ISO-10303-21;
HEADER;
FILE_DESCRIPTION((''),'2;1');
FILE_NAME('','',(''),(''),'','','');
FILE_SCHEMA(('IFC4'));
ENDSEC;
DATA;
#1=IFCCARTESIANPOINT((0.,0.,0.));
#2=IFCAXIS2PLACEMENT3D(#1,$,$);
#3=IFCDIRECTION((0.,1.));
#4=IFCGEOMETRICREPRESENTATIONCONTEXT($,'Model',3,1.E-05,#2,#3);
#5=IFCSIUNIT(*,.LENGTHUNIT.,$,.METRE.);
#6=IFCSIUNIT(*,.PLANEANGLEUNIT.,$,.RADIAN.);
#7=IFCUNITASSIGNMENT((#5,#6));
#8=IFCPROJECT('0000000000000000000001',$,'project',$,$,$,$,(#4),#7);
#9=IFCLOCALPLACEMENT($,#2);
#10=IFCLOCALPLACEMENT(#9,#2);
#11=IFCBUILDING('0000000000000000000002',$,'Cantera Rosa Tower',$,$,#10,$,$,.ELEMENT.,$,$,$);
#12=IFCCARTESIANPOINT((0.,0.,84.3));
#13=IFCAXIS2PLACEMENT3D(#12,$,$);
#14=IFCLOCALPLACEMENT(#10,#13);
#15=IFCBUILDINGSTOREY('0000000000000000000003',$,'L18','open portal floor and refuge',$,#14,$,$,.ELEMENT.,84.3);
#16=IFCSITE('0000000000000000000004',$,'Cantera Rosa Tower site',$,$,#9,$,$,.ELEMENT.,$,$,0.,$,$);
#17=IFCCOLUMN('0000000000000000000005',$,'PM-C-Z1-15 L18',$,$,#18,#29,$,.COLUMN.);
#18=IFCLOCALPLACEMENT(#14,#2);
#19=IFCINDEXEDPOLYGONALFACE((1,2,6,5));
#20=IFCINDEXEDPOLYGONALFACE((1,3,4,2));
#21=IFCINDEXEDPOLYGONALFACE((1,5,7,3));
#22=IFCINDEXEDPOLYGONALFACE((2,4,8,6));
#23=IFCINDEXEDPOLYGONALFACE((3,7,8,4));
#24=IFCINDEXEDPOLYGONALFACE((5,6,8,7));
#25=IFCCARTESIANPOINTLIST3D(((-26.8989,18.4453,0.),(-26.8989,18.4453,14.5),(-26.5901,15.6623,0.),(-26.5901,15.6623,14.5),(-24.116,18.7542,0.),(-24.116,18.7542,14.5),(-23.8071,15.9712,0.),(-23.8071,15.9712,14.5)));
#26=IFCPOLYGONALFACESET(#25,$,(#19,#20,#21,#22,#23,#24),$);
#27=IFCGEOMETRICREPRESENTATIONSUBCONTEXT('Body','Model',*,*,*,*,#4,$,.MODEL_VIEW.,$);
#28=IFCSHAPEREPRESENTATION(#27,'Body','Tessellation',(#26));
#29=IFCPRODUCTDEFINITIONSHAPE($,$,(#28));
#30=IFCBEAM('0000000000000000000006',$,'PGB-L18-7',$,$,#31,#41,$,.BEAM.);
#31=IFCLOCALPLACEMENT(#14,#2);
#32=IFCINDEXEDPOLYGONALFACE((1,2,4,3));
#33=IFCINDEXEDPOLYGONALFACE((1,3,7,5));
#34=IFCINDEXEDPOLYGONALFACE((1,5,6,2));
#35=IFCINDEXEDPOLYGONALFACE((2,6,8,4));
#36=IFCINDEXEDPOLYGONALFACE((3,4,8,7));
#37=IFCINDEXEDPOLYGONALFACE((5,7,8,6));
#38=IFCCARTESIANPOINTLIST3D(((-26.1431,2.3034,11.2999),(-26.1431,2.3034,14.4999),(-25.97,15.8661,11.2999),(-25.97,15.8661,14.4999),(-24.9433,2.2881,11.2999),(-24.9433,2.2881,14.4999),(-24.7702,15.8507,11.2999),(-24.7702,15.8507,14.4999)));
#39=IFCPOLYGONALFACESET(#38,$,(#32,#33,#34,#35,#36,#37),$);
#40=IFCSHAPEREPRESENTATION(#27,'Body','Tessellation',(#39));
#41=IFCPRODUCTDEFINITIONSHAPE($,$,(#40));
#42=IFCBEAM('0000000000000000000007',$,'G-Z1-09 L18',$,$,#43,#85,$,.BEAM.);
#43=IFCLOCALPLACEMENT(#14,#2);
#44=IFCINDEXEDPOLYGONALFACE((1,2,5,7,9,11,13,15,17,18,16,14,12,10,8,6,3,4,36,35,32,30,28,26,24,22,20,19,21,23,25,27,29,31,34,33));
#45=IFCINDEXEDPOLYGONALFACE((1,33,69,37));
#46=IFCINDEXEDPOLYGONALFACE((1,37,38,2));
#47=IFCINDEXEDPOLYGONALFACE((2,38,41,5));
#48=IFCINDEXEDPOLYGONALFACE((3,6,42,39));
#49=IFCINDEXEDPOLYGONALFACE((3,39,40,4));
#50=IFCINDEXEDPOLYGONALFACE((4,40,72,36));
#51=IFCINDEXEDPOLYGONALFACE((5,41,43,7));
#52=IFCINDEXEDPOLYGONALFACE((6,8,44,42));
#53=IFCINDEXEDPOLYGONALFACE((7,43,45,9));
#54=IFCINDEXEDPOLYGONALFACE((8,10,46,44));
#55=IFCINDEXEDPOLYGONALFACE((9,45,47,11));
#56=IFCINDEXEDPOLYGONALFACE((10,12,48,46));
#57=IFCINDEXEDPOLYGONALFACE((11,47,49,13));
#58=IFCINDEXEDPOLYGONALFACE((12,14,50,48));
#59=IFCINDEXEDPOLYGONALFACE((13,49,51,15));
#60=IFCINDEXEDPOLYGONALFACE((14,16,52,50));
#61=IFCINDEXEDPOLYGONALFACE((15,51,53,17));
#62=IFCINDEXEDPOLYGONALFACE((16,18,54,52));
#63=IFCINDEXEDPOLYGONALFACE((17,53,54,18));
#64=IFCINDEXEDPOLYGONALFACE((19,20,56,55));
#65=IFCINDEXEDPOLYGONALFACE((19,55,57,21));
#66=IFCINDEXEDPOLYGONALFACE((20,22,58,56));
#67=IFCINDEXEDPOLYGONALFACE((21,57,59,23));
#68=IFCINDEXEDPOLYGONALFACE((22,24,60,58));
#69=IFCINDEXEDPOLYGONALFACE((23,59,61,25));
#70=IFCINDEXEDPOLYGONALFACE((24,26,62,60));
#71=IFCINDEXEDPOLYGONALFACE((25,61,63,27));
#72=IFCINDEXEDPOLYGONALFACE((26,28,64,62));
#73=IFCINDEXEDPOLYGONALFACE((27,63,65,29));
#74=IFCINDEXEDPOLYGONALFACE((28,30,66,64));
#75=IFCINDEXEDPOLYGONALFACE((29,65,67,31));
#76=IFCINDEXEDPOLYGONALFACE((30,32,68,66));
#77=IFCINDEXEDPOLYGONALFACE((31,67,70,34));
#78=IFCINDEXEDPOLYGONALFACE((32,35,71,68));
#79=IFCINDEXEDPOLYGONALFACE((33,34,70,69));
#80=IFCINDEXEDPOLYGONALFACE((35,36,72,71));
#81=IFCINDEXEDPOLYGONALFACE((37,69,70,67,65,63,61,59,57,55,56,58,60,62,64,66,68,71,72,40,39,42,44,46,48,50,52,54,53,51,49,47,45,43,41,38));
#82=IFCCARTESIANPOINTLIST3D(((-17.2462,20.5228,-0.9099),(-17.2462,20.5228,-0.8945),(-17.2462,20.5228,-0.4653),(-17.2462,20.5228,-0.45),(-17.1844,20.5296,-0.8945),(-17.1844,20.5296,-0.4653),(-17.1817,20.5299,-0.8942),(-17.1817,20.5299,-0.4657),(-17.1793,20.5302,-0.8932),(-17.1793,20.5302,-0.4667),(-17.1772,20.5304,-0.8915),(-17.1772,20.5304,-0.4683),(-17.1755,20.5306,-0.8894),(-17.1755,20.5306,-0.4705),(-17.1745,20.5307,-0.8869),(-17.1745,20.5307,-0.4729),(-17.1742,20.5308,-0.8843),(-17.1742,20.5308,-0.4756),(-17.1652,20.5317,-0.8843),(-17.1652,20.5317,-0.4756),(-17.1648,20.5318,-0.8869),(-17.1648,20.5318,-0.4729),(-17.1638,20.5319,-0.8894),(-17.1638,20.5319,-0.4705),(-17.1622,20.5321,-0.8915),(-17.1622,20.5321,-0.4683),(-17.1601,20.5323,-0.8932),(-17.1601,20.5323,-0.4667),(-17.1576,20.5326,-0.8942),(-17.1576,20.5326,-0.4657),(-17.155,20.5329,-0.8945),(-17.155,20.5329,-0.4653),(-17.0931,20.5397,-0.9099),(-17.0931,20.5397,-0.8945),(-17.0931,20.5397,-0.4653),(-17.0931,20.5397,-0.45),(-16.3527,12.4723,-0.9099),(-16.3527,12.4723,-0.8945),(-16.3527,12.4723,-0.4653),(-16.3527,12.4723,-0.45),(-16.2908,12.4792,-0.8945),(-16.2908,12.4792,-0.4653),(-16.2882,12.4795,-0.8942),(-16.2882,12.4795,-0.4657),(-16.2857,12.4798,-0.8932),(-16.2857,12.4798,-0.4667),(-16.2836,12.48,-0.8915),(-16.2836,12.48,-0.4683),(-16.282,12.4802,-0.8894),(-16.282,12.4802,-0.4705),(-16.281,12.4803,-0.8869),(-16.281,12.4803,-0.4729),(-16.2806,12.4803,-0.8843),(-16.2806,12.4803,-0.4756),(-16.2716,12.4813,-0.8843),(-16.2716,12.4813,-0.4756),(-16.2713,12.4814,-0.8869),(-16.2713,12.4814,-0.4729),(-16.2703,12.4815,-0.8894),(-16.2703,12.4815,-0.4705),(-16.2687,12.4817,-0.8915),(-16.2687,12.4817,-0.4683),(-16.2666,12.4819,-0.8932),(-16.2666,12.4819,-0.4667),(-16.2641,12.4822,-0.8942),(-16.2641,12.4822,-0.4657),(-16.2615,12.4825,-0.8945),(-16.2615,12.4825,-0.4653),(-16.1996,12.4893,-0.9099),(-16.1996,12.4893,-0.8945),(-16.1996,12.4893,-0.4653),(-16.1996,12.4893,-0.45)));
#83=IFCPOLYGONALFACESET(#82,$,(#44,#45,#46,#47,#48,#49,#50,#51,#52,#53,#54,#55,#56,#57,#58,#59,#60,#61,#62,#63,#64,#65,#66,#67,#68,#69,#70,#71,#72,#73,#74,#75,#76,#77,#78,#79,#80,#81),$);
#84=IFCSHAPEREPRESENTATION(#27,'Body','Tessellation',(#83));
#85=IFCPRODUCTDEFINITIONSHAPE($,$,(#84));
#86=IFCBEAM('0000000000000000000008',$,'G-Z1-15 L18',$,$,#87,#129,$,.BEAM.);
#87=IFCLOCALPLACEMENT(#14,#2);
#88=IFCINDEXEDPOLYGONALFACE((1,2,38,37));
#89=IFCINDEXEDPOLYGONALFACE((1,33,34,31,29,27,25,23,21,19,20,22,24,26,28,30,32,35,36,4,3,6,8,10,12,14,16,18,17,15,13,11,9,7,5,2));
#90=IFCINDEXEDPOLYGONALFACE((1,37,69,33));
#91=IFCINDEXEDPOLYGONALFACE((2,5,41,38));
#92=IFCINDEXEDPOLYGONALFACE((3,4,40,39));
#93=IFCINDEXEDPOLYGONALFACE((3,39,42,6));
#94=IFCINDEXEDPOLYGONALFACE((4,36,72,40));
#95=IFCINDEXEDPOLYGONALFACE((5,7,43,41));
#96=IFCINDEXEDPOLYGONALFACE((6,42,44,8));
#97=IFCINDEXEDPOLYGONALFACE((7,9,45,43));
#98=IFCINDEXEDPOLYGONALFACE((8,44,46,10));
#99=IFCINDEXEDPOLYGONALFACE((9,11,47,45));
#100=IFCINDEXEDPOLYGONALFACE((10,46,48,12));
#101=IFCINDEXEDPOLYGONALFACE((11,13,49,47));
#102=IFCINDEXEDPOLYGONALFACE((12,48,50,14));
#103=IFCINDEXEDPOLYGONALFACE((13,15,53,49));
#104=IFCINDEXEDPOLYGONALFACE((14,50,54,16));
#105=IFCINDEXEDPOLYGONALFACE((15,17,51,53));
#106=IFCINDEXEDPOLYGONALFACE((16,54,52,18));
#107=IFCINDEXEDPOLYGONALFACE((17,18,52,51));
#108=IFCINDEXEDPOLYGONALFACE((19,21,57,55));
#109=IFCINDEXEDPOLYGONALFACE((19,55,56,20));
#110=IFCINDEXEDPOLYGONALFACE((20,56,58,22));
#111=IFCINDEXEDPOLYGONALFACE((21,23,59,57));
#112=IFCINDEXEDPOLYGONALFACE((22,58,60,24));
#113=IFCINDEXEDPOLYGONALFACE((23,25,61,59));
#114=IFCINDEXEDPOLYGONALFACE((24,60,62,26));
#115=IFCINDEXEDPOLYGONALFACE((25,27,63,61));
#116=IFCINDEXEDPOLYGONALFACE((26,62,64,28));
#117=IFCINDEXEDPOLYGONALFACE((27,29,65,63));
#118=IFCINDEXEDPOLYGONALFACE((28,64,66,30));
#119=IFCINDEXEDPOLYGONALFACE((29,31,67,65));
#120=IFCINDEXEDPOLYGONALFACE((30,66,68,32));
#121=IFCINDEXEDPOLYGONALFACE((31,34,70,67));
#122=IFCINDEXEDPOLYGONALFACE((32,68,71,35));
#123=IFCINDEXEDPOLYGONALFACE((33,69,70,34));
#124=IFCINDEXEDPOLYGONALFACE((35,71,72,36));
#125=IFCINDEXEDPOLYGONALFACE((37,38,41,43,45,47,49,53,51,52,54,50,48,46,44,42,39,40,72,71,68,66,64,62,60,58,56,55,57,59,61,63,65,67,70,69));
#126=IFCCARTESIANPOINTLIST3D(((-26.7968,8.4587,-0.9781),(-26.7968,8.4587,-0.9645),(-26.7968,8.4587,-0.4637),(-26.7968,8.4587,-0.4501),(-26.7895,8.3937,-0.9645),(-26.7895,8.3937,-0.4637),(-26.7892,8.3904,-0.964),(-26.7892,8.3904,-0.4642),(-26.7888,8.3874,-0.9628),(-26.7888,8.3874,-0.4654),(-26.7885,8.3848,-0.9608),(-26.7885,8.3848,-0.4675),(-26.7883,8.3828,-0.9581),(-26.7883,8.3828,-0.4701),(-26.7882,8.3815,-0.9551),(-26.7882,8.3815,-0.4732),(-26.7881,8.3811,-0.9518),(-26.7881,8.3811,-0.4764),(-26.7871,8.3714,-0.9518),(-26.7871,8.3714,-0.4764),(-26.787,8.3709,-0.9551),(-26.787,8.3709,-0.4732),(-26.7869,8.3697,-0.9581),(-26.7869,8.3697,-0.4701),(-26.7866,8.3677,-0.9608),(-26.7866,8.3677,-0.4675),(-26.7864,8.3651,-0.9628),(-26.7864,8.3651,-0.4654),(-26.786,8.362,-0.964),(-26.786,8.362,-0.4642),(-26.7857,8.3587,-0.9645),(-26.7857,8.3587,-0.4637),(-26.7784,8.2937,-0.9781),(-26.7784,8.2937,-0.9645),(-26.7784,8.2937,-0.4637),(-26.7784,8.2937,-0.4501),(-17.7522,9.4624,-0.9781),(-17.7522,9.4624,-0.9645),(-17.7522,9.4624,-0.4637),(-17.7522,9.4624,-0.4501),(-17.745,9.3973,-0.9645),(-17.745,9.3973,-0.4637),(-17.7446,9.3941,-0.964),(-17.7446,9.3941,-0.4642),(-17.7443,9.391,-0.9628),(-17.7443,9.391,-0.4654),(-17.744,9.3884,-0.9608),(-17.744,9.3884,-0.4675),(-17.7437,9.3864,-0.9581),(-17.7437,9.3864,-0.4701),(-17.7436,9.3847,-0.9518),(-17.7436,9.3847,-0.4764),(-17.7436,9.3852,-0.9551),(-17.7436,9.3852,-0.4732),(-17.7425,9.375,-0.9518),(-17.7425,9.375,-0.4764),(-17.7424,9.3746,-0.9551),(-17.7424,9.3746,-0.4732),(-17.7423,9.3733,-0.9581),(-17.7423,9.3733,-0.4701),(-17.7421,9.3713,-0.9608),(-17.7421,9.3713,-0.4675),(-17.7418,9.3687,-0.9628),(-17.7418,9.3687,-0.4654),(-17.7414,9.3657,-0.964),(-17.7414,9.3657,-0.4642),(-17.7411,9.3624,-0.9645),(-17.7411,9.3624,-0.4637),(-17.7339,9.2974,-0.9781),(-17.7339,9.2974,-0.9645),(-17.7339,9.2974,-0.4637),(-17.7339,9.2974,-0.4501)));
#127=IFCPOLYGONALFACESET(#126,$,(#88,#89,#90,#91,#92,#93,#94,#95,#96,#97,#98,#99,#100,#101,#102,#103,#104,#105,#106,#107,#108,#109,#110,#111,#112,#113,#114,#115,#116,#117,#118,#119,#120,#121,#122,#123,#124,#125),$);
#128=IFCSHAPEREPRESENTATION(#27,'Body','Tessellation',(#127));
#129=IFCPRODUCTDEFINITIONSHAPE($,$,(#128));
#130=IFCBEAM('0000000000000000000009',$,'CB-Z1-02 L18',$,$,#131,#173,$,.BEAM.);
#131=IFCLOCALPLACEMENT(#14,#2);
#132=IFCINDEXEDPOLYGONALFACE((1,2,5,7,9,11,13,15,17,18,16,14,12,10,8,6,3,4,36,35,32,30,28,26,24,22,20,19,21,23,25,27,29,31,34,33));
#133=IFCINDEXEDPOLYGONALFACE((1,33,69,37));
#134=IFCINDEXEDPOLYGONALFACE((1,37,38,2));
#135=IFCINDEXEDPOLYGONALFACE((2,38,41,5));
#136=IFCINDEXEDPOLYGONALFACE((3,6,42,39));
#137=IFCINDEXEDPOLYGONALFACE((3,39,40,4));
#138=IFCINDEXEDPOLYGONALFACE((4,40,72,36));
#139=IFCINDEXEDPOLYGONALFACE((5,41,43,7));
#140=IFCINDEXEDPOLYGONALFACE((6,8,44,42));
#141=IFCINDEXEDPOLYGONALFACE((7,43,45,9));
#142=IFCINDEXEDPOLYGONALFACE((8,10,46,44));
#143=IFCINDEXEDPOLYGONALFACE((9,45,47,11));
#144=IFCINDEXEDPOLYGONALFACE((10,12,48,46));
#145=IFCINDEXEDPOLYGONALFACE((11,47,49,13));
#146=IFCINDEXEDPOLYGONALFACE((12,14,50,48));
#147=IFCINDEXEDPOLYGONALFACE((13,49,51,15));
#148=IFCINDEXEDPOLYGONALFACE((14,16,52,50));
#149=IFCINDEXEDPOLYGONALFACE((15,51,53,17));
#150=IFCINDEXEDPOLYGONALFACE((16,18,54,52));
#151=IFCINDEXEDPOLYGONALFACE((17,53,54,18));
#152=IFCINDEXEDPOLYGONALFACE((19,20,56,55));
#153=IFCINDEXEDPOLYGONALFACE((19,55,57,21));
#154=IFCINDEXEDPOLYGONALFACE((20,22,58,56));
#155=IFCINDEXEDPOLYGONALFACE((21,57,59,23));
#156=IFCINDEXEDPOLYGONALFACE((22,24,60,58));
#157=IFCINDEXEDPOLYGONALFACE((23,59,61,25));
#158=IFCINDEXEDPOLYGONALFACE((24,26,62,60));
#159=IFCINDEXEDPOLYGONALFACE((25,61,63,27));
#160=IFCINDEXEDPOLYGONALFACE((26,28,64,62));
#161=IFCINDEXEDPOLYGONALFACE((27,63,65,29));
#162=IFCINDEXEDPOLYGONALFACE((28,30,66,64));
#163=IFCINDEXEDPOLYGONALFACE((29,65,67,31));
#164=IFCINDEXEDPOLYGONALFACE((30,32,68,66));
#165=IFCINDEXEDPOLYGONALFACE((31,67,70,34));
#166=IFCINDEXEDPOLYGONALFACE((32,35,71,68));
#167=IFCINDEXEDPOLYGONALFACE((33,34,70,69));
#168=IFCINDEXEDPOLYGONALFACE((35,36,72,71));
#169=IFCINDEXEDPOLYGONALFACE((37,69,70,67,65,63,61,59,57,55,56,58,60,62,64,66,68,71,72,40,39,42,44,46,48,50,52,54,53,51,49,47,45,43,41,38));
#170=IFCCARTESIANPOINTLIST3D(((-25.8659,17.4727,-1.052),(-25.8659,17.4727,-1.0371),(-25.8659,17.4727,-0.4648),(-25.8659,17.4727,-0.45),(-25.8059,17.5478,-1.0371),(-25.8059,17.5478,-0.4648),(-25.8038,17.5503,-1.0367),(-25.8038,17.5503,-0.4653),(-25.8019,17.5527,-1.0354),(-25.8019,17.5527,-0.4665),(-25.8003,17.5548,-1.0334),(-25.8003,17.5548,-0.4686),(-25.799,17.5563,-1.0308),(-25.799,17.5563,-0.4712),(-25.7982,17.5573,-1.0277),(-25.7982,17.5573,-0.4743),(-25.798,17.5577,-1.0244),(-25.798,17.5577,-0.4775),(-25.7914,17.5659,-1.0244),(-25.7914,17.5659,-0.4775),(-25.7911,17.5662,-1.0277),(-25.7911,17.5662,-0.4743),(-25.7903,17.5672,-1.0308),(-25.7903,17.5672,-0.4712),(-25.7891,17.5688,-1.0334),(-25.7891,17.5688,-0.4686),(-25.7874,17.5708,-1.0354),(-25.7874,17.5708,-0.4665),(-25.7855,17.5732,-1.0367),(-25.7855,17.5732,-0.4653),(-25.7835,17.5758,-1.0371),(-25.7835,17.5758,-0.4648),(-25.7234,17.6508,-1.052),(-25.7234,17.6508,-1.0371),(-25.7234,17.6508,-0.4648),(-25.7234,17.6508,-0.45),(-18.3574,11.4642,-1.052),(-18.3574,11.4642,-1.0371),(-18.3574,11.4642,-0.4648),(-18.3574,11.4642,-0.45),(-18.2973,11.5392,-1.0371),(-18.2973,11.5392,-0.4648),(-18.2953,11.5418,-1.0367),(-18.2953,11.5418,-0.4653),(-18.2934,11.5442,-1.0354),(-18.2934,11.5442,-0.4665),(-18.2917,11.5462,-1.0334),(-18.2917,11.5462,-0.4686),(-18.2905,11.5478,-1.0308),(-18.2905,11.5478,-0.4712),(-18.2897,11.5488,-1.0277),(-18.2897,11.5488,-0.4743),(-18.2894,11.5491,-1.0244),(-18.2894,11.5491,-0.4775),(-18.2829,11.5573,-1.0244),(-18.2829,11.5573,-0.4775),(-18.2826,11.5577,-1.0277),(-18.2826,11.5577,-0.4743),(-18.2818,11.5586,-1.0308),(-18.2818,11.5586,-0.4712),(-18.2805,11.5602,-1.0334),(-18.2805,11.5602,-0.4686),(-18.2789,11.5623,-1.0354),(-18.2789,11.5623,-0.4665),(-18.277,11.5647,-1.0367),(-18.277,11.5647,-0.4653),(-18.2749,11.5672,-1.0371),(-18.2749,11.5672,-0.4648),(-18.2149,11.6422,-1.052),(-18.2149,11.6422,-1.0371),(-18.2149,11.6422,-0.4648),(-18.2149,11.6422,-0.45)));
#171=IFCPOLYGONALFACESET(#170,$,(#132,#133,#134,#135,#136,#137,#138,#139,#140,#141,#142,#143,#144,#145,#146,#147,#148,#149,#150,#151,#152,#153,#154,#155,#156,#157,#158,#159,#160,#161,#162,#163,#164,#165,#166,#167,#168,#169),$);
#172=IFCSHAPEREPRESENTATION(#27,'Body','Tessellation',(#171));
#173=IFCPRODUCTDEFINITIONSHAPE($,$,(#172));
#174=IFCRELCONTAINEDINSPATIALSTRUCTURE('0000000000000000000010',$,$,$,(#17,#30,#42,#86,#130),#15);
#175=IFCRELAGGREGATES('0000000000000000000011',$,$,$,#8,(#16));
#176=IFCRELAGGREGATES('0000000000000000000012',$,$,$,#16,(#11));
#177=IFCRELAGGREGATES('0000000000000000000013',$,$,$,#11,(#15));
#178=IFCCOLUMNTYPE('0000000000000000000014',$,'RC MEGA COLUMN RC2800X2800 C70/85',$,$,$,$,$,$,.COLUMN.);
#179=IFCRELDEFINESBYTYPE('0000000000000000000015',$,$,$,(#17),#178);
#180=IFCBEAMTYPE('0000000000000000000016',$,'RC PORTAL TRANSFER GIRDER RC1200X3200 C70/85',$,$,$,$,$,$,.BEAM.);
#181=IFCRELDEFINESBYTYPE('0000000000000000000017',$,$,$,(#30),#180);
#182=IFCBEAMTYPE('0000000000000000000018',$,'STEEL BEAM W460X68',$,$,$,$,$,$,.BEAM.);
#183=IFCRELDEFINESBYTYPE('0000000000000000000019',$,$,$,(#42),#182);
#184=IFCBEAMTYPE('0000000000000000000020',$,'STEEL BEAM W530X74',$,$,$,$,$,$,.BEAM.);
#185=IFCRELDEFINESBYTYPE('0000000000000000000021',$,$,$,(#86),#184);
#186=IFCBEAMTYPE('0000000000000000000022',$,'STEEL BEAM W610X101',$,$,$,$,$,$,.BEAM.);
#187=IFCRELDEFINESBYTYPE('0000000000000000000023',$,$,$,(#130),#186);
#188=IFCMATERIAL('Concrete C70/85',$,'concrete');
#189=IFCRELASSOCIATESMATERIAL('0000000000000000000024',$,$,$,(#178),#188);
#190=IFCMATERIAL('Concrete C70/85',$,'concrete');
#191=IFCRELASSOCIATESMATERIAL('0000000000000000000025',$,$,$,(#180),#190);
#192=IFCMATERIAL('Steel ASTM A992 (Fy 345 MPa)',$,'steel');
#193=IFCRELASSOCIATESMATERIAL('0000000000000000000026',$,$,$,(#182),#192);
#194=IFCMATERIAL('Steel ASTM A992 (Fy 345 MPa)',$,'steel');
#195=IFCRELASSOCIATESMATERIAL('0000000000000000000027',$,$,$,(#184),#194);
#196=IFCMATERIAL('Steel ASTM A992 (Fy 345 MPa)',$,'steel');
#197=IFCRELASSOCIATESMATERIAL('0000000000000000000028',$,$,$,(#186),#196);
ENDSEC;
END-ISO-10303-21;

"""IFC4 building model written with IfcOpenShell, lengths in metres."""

from ifc_helpers import new_model, si_unit, direction, frame, origin, origin_2d, place, context, subcontext, project, spatial, rectangle, i_section, extrude, material, material_profile, profile_set, type_object, element, save


model = new_model("IFC4")

# Units and contexts
model_context = context("Model", 3, precision=1e-05, world=origin(), true_north=direction((0.0, 1.0)))
body_context = subcontext(model_context, "Body", "Model", "MODEL_VIEW")
ifc_project = project(units=[si_unit("LENGTHUNIT", "METRE"), si_unit("PLANEANGLEUNIT", "RADIAN")], contexts=[model_context])

# Site, building, storey
site_placement = place(None, origin())
site = spatial("IfcSite", under=ifc_project, at=site_placement, Name="Cantera Rosa Tower site", CompositionType="ELEMENT", RefElevation=0.0)
building_placement = place(site_placement, origin())
building = spatial("IfcBuilding", under=site, at=building_placement, Name="Cantera Rosa Tower", CompositionType="ELEMENT")
storey_placement = place(building_placement, frame((0.0, 0.0, 84.3)))
storey = spatial("IfcBuildingStorey", under=building, at=storey_placement, Name="L18", Description="open portal floor and refuge", CompositionType="ELEMENT", Elevation=84.3)

# Column
ifc_material_1 = material(Name="Concrete C70/85", Category="concrete")
ifc_material_profile_1 = material_profile(ifc_material_1, rectangle(XDim=2.8, YDim=2.8, at=origin_2d()), Name="RC MEGA COLUMN RC2800X2800 C70/85")
ifc_profile_set_1 = profile_set([ifc_material_profile_1], Name="Concrete C70/85")
column_type = type_object("IfcColumnType", Name="RC MEGA COLUMN RC2800X2800 C70/85", PredefinedType="COLUMN", material=ifc_profile_set_1)
column_placement = place(storey_placement, frame((-25.353, 17.2083, 0.0), z_axis=(0.0, 0.0, 1.0), x_axis=(0.993897, 0.110313, 0.0)))
element("IfcColumn", 1, at=column_placement, inside=storey, type_object=column_type, Name="PM-C-Z1-15 L18", PredefinedType="COLUMN", context=body_context, shape_type="SweptSolid", body=[
    extrude(rectangle(XDim=2.8, YDim=2.8, at=origin_2d()), origin(), (0.0, 0.0, 1.0), 14.5),
])

# Beams
ifc_material_2 = material(Name="Concrete C70/85", Category="concrete")
ifc_material_profile_2 = material_profile(ifc_material_2, rectangle(XDim=1.2, YDim=3.2, at=origin_2d()), Name="RC PORTAL TRANSFER GIRDER RC1200X3200 C70/85")
ifc_profile_set_2 = profile_set([ifc_material_profile_2], Name="Concrete C70/85")
beam_type_1 = type_object("IfcBeamType", Name="RC PORTAL TRANSFER GIRDER RC1200X3200 C70/85", PredefinedType="BEAM", material=ifc_profile_set_2)
beam_1_placement = place(storey_placement, frame((-25.3701, 15.8584, 12.8999), z_axis=(-0.012762, -0.999919, 0.0), x_axis=(0.999919, -0.012762, 0.0)))
element("IfcBeam", 2, at=beam_1_placement, inside=storey, type_object=beam_type_1, Name="PGB-L18-7", PredefinedType="BEAM", context=body_context, shape_type="SweptSolid", body=[
    extrude(rectangle(XDim=1.2, YDim=3.2, at=origin_2d()), origin(), (0.0, 0.0, 1.0), 13.5637),
])
ifc_material_3 = material(Name="Steel ASTM A992 (Fy 345 MPa)", Category="steel")
ifc_material_profile_3 = material_profile(ifc_material_3, i_section(OverallWidth=0.1541, OverallDepth=0.46, WebThickness=0.009, FlangeThickness=0.0154, FilletRadius=0.0103, at=origin_2d()), Name="W460X68")
ifc_profile_set_3 = profile_set([ifc_material_profile_3], Name="Steel ASTM A992 (Fy 345 MPa)")
beam_type_2 = type_object("IfcBeamType", Name="STEEL BEAM W460X68", PredefinedType="BEAM", material=ifc_profile_set_3)
beam_2_placement = place(storey_placement, frame((-17.1697, 20.5312, -0.6799), z_axis=(0.110316, -0.993897, 0.0), x_axis=(0.993897, 0.110316, 0.0)))
element("IfcBeam", 3, at=beam_2_placement, inside=storey, type_object=beam_type_2, Name="G-Z1-09 L18", PredefinedType="BEAM", context=body_context, shape_type="SweptSolid", body=[
    extrude(i_section(OverallWidth=0.1541, OverallDepth=0.46, WebThickness=0.009, FlangeThickness=0.0154, FilletRadius=0.0103, at=origin_2d()), origin(), (0.0, 0.0, 1.0), 8.0999),
])
ifc_material_4 = material(Name="Steel ASTM A992 (Fy 345 MPa)", Category="steel")
ifc_material_profile_4 = material_profile(ifc_material_4, i_section(OverallWidth=0.166, OverallDepth=0.5281, WebThickness=0.0098, FlangeThickness=0.0137, FilletRadius=0.0127, at=origin_2d()), Name="W530X74")
ifc_profile_set_4 = profile_set([ifc_material_profile_4], Name="Steel ASTM A992 (Fy 345 MPa)")
beam_type_3 = type_object("IfcBeamType", Name="STEEL BEAM W530X74", PredefinedType="BEAM", material=ifc_profile_set_4)
beam_3_placement = place(storey_placement, frame((-26.7876, 8.3762, -0.7141), z_axis=(0.993899, 0.11029, 0.0), x_axis=(-0.11029, 0.993899, 0.0)))
element("IfcBeam", 4, at=beam_3_placement, inside=storey, type_object=beam_type_3, Name="G-Z1-15 L18", PredefinedType="BEAM", context=body_context, shape_type="SweptSolid", body=[
    extrude(i_section(OverallWidth=0.166, OverallDepth=0.5281, WebThickness=0.0098, FlangeThickness=0.0137, FilletRadius=0.0127, at=origin_2d()), origin(), (0.0, 0.0, 1.0), 9.1001),
])
ifc_material_5 = material(Name="Steel ASTM A992 (Fy 345 MPa)", Category="steel")
ifc_material_profile_5 = material_profile(ifc_material_5, i_section(OverallWidth=0.228, OverallDepth=0.6021, WebThickness=0.0105, FlangeThickness=0.0149, FilletRadius=0.0127, at=origin_2d()), Name="W610X101")
ifc_profile_set_5 = profile_set([ifc_material_profile_5], Name="Steel ASTM A992 (Fy 345 MPa)")
beam_type_4 = type_object("IfcBeamType", Name="STEEL BEAM W610X101", PredefinedType="BEAM", material=ifc_profile_set_5)
beam_4_placement = place(storey_placement, frame((-25.7947, 17.5618, -0.751), z_axis=(0.780782, -0.624803, 0.0), x_axis=(0.624803, 0.780782, 0.0)))
element("IfcBeam", 5, at=beam_4_placement, inside=storey, type_object=beam_type_4, Name="CB-Z1-02 L18", PredefinedType="BEAM", context=body_context, shape_type="SweptSolid", body=[
    extrude(i_section(OverallWidth=0.228, OverallDepth=0.6021, WebThickness=0.0105, FlangeThickness=0.0149, FilletRadius=0.0127, at=origin_2d()), origin(), (0.0, 0.0, 1.0), 9.6167),
])

save(model, "model.ifc")
